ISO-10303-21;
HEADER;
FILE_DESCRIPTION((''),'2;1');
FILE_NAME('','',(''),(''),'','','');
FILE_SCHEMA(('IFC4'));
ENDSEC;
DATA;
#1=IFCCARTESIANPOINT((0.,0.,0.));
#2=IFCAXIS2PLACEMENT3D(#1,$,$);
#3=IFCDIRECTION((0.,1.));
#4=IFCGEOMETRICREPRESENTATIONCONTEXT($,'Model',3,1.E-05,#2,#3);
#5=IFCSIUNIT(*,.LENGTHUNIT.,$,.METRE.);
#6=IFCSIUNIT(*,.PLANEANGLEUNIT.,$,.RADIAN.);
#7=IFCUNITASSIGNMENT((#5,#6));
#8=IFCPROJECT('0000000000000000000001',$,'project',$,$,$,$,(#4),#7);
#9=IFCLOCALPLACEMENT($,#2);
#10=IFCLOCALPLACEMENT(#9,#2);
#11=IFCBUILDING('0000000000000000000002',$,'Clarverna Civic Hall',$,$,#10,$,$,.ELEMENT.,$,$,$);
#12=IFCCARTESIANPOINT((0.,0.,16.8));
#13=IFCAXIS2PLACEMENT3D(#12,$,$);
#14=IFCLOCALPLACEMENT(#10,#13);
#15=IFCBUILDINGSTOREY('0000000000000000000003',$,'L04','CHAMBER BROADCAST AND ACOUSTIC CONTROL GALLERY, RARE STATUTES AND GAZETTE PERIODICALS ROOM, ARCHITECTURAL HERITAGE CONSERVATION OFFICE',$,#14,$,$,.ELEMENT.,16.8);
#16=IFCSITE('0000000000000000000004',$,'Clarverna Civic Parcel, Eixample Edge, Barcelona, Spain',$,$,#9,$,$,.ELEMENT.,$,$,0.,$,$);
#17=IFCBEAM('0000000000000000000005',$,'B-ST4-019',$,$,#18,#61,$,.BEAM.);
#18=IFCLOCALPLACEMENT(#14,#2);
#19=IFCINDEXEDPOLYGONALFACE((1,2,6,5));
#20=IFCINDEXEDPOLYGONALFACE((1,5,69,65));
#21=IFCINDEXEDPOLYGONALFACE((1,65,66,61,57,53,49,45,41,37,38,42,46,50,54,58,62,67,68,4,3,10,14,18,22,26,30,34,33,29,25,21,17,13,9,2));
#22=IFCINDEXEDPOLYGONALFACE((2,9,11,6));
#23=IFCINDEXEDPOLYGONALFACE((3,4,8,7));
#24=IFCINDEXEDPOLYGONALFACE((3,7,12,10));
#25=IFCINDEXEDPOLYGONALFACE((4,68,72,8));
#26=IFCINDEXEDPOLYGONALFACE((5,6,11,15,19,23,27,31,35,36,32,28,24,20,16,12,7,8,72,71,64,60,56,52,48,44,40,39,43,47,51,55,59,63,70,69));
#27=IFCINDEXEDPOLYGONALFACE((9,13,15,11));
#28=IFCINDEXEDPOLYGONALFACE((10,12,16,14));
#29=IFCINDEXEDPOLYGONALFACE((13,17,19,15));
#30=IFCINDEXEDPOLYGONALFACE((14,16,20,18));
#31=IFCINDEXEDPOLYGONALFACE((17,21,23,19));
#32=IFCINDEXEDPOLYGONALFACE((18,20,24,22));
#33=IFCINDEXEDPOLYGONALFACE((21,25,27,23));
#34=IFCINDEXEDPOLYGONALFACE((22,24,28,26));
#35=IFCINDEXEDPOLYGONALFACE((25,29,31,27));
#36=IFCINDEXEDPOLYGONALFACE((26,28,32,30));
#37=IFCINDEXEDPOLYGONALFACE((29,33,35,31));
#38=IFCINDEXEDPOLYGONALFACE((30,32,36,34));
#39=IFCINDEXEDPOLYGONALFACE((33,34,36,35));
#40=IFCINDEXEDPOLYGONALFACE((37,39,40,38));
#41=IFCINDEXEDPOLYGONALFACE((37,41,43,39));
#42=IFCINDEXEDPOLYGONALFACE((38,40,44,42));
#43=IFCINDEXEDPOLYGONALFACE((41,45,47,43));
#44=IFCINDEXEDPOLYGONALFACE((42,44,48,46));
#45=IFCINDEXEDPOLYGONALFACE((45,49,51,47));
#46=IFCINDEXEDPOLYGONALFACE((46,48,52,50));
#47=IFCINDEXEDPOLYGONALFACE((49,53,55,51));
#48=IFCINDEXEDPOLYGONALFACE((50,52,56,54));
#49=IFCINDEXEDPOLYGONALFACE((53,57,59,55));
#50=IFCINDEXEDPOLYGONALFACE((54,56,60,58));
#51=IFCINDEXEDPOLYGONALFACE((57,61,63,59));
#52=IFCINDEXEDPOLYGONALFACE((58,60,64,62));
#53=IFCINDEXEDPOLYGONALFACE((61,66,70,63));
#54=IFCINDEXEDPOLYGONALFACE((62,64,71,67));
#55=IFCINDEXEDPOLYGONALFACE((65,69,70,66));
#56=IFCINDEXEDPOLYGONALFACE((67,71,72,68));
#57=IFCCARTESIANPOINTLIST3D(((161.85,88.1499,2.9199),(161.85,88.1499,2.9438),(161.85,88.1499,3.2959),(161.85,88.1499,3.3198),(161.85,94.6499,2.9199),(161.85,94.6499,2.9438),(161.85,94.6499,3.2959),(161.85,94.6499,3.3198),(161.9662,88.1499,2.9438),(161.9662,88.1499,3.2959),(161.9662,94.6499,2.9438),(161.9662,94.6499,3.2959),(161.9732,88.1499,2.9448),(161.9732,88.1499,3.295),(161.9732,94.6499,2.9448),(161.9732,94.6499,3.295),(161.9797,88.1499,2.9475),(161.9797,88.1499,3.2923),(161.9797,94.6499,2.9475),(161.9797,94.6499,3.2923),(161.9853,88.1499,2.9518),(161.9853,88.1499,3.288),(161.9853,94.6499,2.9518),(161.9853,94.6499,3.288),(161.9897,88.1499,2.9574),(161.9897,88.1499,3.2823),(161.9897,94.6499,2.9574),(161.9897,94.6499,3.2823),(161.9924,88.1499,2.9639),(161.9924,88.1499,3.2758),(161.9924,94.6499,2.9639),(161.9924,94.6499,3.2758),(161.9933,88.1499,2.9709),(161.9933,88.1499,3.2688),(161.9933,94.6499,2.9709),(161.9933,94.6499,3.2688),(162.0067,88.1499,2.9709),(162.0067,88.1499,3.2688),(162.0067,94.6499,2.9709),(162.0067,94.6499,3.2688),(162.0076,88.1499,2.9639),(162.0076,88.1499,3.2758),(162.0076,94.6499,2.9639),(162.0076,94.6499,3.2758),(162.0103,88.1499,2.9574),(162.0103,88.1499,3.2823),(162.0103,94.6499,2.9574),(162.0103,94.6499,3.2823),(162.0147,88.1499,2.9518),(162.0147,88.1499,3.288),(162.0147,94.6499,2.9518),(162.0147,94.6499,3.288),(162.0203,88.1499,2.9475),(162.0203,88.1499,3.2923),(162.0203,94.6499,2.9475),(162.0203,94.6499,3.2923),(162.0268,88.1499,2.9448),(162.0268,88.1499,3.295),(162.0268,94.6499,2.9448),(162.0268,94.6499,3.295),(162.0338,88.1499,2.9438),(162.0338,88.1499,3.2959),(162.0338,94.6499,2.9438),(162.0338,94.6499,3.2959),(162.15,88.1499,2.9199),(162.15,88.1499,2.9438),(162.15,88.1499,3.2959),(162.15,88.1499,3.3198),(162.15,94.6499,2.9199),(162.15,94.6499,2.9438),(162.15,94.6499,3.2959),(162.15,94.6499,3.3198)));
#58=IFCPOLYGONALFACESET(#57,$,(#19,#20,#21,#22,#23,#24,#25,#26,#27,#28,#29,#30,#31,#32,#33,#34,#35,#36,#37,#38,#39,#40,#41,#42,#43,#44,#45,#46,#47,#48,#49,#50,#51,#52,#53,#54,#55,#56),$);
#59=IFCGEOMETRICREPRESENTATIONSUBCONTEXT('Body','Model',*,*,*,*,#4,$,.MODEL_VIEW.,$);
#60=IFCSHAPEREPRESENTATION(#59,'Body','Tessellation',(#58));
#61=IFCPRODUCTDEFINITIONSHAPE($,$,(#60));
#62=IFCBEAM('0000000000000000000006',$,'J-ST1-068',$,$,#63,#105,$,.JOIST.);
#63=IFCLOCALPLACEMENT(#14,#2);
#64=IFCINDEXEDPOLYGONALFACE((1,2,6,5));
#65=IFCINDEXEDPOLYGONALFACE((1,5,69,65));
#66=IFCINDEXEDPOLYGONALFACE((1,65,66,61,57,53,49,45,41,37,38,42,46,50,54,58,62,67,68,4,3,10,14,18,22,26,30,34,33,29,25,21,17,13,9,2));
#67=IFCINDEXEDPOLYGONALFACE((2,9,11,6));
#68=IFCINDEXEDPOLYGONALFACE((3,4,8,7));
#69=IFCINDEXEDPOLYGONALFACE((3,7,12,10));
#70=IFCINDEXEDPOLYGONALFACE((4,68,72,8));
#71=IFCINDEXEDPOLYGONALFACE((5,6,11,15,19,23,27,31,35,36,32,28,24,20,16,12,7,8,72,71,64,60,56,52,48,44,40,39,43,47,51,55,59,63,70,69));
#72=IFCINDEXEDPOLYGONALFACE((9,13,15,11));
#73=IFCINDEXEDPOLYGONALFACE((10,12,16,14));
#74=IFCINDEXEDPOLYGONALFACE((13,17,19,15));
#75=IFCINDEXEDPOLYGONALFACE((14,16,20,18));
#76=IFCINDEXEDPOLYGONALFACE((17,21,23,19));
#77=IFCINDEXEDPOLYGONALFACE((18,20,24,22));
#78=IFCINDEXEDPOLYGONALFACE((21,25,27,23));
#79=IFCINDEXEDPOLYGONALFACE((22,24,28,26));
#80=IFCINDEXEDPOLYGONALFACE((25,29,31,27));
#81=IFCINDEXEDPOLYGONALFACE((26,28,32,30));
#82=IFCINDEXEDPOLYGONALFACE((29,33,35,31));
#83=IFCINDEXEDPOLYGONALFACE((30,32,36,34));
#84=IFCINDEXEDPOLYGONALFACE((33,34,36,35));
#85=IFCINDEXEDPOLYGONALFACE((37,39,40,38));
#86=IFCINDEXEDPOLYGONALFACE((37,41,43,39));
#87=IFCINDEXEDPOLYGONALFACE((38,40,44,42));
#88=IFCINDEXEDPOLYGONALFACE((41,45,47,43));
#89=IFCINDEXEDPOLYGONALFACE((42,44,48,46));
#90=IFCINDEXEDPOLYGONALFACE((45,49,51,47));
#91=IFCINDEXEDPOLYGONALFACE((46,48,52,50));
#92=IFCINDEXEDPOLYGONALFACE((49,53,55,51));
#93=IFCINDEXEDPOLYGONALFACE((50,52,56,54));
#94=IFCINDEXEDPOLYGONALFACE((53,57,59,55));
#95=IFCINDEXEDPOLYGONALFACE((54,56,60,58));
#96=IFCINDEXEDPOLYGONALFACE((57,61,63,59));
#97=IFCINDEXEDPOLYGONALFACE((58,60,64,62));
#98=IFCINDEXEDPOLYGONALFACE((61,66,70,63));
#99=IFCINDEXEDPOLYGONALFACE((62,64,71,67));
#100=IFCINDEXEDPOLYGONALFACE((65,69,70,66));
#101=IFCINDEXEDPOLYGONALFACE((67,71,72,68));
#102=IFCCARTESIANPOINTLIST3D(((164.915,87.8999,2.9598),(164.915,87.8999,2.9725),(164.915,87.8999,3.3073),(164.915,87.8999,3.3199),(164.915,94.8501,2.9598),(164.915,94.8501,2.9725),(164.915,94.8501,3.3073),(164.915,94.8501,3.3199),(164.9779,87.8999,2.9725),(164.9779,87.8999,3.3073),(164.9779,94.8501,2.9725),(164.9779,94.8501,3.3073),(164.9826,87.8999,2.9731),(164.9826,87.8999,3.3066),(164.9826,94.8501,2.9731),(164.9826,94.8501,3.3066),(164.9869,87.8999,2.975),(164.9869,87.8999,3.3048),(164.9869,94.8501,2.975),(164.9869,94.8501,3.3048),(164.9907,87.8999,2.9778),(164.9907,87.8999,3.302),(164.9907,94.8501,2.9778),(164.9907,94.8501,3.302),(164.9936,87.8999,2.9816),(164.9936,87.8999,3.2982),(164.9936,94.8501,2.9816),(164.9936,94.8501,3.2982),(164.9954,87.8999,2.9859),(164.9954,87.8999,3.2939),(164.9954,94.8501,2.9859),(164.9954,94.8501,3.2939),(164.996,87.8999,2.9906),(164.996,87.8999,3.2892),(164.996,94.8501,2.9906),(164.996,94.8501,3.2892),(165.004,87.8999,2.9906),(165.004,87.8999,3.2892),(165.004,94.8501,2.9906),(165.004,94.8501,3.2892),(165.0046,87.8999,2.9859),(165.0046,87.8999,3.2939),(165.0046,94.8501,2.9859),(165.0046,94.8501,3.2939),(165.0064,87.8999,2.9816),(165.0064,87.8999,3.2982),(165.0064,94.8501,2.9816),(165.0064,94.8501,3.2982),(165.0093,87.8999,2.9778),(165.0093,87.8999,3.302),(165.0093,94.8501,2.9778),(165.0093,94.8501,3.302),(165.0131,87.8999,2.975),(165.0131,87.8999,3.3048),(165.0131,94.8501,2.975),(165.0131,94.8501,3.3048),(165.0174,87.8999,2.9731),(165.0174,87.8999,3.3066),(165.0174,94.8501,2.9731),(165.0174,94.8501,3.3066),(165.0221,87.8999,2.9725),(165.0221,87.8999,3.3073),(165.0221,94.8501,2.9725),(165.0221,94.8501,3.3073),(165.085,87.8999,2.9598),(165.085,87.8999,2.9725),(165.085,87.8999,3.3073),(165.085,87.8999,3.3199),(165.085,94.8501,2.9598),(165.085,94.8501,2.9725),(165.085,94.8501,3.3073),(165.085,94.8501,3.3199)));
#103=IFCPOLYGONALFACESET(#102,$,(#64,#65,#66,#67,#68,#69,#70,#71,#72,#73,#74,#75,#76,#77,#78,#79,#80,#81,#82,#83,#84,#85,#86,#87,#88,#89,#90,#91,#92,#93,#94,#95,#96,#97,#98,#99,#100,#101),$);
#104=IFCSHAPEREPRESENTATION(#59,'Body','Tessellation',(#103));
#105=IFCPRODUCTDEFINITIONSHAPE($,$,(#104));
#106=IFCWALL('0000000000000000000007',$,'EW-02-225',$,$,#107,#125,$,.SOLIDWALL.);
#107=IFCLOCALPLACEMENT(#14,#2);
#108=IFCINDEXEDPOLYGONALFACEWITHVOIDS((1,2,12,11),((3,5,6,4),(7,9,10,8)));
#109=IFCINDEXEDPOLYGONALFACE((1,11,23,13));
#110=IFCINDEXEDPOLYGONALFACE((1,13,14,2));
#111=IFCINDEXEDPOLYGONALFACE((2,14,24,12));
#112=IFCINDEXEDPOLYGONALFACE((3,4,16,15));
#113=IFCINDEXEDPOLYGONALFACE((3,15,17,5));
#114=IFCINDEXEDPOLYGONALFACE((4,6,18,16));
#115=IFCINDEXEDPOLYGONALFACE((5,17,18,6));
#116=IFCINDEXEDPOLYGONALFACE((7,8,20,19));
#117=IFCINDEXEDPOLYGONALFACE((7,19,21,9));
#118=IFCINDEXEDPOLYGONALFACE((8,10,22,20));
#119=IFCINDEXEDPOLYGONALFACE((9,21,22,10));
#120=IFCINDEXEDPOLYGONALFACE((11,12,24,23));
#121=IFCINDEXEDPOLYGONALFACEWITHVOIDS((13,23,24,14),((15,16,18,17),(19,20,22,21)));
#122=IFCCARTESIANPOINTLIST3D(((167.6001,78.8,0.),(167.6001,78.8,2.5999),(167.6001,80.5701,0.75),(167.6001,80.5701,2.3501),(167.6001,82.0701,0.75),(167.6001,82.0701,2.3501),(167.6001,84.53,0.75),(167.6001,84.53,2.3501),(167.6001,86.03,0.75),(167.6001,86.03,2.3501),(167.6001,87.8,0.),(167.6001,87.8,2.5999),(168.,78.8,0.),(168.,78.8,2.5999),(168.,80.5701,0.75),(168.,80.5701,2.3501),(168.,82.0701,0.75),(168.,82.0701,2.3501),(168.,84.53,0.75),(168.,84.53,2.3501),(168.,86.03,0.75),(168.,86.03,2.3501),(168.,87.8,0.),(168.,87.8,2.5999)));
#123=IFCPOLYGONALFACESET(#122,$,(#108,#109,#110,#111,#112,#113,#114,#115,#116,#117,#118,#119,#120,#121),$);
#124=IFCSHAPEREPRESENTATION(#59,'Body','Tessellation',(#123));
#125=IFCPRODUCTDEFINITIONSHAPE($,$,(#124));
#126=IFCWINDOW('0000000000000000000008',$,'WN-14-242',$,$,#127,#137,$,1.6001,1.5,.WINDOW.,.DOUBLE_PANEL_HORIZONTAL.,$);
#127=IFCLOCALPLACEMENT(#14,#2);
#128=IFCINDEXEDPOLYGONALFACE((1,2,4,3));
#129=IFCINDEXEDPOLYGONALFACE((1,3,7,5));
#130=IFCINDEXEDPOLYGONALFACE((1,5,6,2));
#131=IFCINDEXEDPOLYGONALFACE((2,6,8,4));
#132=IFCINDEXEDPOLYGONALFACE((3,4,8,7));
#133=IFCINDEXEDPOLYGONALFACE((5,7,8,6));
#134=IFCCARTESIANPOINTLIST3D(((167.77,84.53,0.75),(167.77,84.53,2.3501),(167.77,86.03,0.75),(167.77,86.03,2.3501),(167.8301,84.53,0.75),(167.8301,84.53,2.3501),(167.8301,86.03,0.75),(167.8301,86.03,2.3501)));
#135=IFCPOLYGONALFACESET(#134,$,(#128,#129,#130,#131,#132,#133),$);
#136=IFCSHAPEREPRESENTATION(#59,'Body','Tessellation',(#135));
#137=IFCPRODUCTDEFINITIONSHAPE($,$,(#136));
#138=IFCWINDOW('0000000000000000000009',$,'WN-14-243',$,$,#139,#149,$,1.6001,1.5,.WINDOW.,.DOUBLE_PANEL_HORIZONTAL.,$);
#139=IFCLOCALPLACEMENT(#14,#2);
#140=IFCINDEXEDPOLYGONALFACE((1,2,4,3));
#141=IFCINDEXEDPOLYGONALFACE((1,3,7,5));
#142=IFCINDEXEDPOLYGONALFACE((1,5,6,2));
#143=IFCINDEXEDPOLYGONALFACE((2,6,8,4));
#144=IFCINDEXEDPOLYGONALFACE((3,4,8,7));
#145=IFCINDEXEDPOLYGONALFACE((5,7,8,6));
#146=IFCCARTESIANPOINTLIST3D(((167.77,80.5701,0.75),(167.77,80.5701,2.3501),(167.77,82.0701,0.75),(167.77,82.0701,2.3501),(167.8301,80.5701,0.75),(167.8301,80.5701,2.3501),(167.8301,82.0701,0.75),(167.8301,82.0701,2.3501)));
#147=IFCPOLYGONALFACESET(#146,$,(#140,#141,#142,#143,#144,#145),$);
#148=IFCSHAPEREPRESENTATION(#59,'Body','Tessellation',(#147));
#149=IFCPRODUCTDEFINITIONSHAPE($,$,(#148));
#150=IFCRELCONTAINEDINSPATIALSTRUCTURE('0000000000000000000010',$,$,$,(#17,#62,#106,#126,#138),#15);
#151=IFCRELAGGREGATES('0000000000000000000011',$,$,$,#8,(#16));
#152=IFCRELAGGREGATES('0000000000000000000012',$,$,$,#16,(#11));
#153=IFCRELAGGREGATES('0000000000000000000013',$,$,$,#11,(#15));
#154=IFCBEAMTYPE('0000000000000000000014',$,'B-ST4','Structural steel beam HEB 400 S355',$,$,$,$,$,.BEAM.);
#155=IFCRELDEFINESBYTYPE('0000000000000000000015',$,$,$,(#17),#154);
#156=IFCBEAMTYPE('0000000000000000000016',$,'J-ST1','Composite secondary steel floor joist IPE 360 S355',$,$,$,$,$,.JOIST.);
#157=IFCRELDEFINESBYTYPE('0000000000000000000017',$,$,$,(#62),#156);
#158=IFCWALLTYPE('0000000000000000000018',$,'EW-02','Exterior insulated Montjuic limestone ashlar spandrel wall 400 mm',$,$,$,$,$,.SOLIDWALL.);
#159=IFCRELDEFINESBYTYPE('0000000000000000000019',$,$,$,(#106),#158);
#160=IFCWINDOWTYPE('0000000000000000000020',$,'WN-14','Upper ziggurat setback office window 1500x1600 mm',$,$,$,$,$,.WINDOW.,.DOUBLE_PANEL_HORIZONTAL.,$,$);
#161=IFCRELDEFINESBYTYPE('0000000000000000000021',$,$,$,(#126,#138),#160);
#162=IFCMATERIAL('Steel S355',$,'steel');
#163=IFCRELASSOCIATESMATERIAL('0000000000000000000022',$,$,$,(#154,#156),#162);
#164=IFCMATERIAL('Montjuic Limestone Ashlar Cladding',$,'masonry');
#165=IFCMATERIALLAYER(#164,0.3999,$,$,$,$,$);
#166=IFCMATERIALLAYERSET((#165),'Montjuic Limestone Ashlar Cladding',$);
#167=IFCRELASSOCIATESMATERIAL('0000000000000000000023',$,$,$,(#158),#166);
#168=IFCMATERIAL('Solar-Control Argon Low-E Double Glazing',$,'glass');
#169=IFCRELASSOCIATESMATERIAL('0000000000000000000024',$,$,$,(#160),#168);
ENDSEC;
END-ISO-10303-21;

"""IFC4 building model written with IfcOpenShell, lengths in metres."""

from ifc_helpers import new_model, si_unit, direction, frame, frame_2d, origin, origin_2d, place, context, subcontext, project, spatial, rectangle, i_section, extrude, material, layer, layer_set, material_profile, profile_set, type_object, element, fill, save


model = new_model("IFC4")

# Units and contexts
model_context = context("Model", 3, precision=1e-05, world=origin(), true_north=direction((0.0, 1.0)))
body_context = subcontext(model_context, "Body", "Model", "MODEL_VIEW")
ifc_project = project(units=[si_unit("LENGTHUNIT", "METRE"), si_unit("PLANEANGLEUNIT", "RADIAN")], contexts=[model_context])

# Site, building, storey
site_placement = place(None, origin())
site = spatial("IfcSite", under=ifc_project, at=site_placement, Name="Clarverna Civic Parcel, Eixample Edge, Barcelona, Spain", CompositionType="ELEMENT", RefElevation=0.0)
building_placement = place(site_placement, origin())
building = spatial("IfcBuilding", under=site, at=building_placement, Name="Clarverna Civic Hall", CompositionType="ELEMENT")
storey_placement = place(building_placement, frame((0.0, 0.0, 16.8)))
storey = spatial("IfcBuildingStorey", under=building, at=storey_placement, Name="L04", Description="CHAMBER BROADCAST AND ACOUSTIC CONTROL GALLERY, RARE STATUTES AND GAZETTE PERIODICALS ROOM, ARCHITECTURAL HERITAGE CONSERVATION OFFICE", CompositionType="ELEMENT", Elevation=16.8)

# Beams
ifc_material_1 = material(Name="Steel S355", Category="steel")
ifc_material_profile_1 = material_profile(ifc_material_1, i_section(OverallWidth=0.3, OverallDepth=0.3999, WebThickness=0.0134, FlangeThickness=0.0239, FilletRadius=0.0271, at=origin_2d()), Name="HEB 400")
ifc_profile_set_1 = profile_set([ifc_material_profile_1], Name="Steel S355")
beam_type_1 = type_object("IfcBeamType", Name="B-ST4", Description="Structural steel beam HEB 400 S355", PredefinedType="BEAM", material=ifc_profile_set_1)
beam_1_placement = place(storey_placement, frame((162.0, 88.1499, 3.1199), z_axis=(0.0, 1.0, 0.0), x_axis=(-1.0, 0.0, 0.0)))
element("IfcBeam", 1, at=beam_1_placement, inside=storey, type_object=beam_type_1, Name="B-ST4-019", PredefinedType="BEAM", context=body_context, shape_type="SweptSolid", body=[
    extrude(i_section(OverallWidth=0.3, OverallDepth=0.3999, WebThickness=0.0134, FlangeThickness=0.0239, FilletRadius=0.0271, at=origin_2d()), origin(), (0.0, 0.0, 1.0), 6.5),
])
ifc_material_profile_2 = material_profile(ifc_material_1, i_section(OverallWidth=0.1699, OverallDepth=0.3601, WebThickness=0.0081, FlangeThickness=0.0127, FilletRadius=0.0181, at=origin_2d()), Name="IPE 360")
ifc_profile_set_2 = profile_set([ifc_material_profile_2], Name="Steel S355")
beam_type_2 = type_object("IfcBeamType", Name="J-ST1", Description="Composite secondary steel floor joist IPE 360 S355", PredefinedType="JOIST", material=ifc_profile_set_2)
beam_2_placement = place(storey_placement, frame((165.0, 87.8999, 3.1399), z_axis=(0.0, 1.0, 0.0), x_axis=(-1.0, 0.0, 0.0)))
element("IfcBeam", 2, at=beam_2_placement, inside=storey, type_object=beam_type_2, Name="J-ST1-068", PredefinedType="JOIST", context=body_context, shape_type="SweptSolid", body=[
    extrude(i_section(OverallWidth=0.1699, OverallDepth=0.3601, WebThickness=0.0081, FlangeThickness=0.0127, FilletRadius=0.0181, at=origin_2d()), origin(), (0.0, 0.0, 1.0), 6.9502),
])

# Wall, openings, windows
ifc_material_2 = material(Name="Montjuic Limestone Ashlar Cladding", Category="masonry")
ifc_layer_1 = layer(ifc_material_2, 0.3999)
ifc_layer_set_1 = layer_set([ifc_layer_1], Name="Montjuic Limestone Ashlar Cladding")
wall_type_1 = type_object("IfcWallType", Name="EW-02", Description="Exterior insulated Montjuic limestone ashlar spandrel wall 400 mm", PredefinedType="SOLIDWALL", material=ifc_layer_set_1)
wall_1_placement = place(storey_placement, frame((167.8, 87.8, 0.0), z_axis=(0.0, 0.0, 1.0), x_axis=(0.0, -1.0, 0.0)))
wall_1 = element("IfcWall", 3, at=wall_1_placement, inside=storey, type_object=wall_type_1, Name="EW-02-225", PredefinedType="SOLIDWALL", context=body_context, shape_type="SweptSolid", body=[
    extrude(rectangle(XDim=9.0, YDim=0.3999, at=frame_2d((4.5, 0.0))), origin(), (0.0, 0.0, 1.0), 2.5999),
])
opening_1_placement = place(wall_1_placement, frame((1.77, 0.0, 0.75)))
opening_1 = element("IfcOpeningElement", 4, at=opening_1_placement, cuts=wall_1, PredefinedType="OPENING", context=body_context, shape_type="SweptSolid", body=[
    extrude(rectangle(XDim=1.5, YDim=1.6001, at=frame_2d((0.75, 0.8))), frame((0.0, 0.21, 0.0), z_axis=(0.0, -1.0, 0.0), x_axis=(1.0, 0.0, 0.0)), (0.0, 0.0, 1.0), 0.4199),
])
opening_2_placement = place(wall_1_placement, frame((5.73, 0.0, 0.75)))
opening_2 = element("IfcOpeningElement", 5, at=opening_2_placement, cuts=wall_1, PredefinedType="OPENING", context=body_context, shape_type="SweptSolid", body=[
    extrude(rectangle(XDim=1.5, YDim=1.6001, at=frame_2d((0.75, 0.8))), frame((0.0, 0.21, 0.0), z_axis=(0.0, -1.0, 0.0), x_axis=(1.0, 0.0, 0.0)), (0.0, 0.0, 1.0), 0.4199),
])
ifc_material_3 = material(Name="Solar-Control Argon Low-E Double Glazing", Category="glass")
window_type = type_object("IfcWindowType", Name="WN-14", Description="Upper ziggurat setback office window 1500x1600 mm", PartitioningType="DOUBLE_PANEL_HORIZONTAL", PredefinedType="WINDOW", material=ifc_material_3)
window_1_placement = place(opening_1_placement, origin())
window_1 = element("IfcWindow", 6, at=window_1_placement, inside=storey, type_object=window_type, Name="WN-14-242", OverallHeight=1.6001, OverallWidth=1.5, PartitioningType="DOUBLE_PANEL_HORIZONTAL", PredefinedType="WINDOW", context=body_context, shape_type="SweptSolid", body=[
    extrude(rectangle(XDim=1.5, YDim=1.6001, at=frame_2d((0.75, 0.8))), frame((0.0, 0.03, 0.0), z_axis=(0.0, -1.0, 0.0), x_axis=(1.0, 0.0, 0.0)), (0.0, 0.0, 1.0), 0.0601),
])
fill(opening_1, window_1)
window_2_placement = place(opening_2_placement, origin())
window_2 = element("IfcWindow", 7, at=window_2_placement, inside=storey, type_object=window_type, Name="WN-14-243", OverallHeight=1.6001, OverallWidth=1.5, PartitioningType="DOUBLE_PANEL_HORIZONTAL", PredefinedType="WINDOW", context=body_context, shape_type="SweptSolid", body=[
    extrude(rectangle(XDim=1.5, YDim=1.6001, at=frame_2d((0.75, 0.8))), frame((0.0, 0.03, 0.0), z_axis=(0.0, -1.0, 0.0), x_axis=(1.0, 0.0, 0.0)), (0.0, 0.0, 1.0), 0.0601),
])
fill(opening_2, window_2)

save(model, "model.ifc")
